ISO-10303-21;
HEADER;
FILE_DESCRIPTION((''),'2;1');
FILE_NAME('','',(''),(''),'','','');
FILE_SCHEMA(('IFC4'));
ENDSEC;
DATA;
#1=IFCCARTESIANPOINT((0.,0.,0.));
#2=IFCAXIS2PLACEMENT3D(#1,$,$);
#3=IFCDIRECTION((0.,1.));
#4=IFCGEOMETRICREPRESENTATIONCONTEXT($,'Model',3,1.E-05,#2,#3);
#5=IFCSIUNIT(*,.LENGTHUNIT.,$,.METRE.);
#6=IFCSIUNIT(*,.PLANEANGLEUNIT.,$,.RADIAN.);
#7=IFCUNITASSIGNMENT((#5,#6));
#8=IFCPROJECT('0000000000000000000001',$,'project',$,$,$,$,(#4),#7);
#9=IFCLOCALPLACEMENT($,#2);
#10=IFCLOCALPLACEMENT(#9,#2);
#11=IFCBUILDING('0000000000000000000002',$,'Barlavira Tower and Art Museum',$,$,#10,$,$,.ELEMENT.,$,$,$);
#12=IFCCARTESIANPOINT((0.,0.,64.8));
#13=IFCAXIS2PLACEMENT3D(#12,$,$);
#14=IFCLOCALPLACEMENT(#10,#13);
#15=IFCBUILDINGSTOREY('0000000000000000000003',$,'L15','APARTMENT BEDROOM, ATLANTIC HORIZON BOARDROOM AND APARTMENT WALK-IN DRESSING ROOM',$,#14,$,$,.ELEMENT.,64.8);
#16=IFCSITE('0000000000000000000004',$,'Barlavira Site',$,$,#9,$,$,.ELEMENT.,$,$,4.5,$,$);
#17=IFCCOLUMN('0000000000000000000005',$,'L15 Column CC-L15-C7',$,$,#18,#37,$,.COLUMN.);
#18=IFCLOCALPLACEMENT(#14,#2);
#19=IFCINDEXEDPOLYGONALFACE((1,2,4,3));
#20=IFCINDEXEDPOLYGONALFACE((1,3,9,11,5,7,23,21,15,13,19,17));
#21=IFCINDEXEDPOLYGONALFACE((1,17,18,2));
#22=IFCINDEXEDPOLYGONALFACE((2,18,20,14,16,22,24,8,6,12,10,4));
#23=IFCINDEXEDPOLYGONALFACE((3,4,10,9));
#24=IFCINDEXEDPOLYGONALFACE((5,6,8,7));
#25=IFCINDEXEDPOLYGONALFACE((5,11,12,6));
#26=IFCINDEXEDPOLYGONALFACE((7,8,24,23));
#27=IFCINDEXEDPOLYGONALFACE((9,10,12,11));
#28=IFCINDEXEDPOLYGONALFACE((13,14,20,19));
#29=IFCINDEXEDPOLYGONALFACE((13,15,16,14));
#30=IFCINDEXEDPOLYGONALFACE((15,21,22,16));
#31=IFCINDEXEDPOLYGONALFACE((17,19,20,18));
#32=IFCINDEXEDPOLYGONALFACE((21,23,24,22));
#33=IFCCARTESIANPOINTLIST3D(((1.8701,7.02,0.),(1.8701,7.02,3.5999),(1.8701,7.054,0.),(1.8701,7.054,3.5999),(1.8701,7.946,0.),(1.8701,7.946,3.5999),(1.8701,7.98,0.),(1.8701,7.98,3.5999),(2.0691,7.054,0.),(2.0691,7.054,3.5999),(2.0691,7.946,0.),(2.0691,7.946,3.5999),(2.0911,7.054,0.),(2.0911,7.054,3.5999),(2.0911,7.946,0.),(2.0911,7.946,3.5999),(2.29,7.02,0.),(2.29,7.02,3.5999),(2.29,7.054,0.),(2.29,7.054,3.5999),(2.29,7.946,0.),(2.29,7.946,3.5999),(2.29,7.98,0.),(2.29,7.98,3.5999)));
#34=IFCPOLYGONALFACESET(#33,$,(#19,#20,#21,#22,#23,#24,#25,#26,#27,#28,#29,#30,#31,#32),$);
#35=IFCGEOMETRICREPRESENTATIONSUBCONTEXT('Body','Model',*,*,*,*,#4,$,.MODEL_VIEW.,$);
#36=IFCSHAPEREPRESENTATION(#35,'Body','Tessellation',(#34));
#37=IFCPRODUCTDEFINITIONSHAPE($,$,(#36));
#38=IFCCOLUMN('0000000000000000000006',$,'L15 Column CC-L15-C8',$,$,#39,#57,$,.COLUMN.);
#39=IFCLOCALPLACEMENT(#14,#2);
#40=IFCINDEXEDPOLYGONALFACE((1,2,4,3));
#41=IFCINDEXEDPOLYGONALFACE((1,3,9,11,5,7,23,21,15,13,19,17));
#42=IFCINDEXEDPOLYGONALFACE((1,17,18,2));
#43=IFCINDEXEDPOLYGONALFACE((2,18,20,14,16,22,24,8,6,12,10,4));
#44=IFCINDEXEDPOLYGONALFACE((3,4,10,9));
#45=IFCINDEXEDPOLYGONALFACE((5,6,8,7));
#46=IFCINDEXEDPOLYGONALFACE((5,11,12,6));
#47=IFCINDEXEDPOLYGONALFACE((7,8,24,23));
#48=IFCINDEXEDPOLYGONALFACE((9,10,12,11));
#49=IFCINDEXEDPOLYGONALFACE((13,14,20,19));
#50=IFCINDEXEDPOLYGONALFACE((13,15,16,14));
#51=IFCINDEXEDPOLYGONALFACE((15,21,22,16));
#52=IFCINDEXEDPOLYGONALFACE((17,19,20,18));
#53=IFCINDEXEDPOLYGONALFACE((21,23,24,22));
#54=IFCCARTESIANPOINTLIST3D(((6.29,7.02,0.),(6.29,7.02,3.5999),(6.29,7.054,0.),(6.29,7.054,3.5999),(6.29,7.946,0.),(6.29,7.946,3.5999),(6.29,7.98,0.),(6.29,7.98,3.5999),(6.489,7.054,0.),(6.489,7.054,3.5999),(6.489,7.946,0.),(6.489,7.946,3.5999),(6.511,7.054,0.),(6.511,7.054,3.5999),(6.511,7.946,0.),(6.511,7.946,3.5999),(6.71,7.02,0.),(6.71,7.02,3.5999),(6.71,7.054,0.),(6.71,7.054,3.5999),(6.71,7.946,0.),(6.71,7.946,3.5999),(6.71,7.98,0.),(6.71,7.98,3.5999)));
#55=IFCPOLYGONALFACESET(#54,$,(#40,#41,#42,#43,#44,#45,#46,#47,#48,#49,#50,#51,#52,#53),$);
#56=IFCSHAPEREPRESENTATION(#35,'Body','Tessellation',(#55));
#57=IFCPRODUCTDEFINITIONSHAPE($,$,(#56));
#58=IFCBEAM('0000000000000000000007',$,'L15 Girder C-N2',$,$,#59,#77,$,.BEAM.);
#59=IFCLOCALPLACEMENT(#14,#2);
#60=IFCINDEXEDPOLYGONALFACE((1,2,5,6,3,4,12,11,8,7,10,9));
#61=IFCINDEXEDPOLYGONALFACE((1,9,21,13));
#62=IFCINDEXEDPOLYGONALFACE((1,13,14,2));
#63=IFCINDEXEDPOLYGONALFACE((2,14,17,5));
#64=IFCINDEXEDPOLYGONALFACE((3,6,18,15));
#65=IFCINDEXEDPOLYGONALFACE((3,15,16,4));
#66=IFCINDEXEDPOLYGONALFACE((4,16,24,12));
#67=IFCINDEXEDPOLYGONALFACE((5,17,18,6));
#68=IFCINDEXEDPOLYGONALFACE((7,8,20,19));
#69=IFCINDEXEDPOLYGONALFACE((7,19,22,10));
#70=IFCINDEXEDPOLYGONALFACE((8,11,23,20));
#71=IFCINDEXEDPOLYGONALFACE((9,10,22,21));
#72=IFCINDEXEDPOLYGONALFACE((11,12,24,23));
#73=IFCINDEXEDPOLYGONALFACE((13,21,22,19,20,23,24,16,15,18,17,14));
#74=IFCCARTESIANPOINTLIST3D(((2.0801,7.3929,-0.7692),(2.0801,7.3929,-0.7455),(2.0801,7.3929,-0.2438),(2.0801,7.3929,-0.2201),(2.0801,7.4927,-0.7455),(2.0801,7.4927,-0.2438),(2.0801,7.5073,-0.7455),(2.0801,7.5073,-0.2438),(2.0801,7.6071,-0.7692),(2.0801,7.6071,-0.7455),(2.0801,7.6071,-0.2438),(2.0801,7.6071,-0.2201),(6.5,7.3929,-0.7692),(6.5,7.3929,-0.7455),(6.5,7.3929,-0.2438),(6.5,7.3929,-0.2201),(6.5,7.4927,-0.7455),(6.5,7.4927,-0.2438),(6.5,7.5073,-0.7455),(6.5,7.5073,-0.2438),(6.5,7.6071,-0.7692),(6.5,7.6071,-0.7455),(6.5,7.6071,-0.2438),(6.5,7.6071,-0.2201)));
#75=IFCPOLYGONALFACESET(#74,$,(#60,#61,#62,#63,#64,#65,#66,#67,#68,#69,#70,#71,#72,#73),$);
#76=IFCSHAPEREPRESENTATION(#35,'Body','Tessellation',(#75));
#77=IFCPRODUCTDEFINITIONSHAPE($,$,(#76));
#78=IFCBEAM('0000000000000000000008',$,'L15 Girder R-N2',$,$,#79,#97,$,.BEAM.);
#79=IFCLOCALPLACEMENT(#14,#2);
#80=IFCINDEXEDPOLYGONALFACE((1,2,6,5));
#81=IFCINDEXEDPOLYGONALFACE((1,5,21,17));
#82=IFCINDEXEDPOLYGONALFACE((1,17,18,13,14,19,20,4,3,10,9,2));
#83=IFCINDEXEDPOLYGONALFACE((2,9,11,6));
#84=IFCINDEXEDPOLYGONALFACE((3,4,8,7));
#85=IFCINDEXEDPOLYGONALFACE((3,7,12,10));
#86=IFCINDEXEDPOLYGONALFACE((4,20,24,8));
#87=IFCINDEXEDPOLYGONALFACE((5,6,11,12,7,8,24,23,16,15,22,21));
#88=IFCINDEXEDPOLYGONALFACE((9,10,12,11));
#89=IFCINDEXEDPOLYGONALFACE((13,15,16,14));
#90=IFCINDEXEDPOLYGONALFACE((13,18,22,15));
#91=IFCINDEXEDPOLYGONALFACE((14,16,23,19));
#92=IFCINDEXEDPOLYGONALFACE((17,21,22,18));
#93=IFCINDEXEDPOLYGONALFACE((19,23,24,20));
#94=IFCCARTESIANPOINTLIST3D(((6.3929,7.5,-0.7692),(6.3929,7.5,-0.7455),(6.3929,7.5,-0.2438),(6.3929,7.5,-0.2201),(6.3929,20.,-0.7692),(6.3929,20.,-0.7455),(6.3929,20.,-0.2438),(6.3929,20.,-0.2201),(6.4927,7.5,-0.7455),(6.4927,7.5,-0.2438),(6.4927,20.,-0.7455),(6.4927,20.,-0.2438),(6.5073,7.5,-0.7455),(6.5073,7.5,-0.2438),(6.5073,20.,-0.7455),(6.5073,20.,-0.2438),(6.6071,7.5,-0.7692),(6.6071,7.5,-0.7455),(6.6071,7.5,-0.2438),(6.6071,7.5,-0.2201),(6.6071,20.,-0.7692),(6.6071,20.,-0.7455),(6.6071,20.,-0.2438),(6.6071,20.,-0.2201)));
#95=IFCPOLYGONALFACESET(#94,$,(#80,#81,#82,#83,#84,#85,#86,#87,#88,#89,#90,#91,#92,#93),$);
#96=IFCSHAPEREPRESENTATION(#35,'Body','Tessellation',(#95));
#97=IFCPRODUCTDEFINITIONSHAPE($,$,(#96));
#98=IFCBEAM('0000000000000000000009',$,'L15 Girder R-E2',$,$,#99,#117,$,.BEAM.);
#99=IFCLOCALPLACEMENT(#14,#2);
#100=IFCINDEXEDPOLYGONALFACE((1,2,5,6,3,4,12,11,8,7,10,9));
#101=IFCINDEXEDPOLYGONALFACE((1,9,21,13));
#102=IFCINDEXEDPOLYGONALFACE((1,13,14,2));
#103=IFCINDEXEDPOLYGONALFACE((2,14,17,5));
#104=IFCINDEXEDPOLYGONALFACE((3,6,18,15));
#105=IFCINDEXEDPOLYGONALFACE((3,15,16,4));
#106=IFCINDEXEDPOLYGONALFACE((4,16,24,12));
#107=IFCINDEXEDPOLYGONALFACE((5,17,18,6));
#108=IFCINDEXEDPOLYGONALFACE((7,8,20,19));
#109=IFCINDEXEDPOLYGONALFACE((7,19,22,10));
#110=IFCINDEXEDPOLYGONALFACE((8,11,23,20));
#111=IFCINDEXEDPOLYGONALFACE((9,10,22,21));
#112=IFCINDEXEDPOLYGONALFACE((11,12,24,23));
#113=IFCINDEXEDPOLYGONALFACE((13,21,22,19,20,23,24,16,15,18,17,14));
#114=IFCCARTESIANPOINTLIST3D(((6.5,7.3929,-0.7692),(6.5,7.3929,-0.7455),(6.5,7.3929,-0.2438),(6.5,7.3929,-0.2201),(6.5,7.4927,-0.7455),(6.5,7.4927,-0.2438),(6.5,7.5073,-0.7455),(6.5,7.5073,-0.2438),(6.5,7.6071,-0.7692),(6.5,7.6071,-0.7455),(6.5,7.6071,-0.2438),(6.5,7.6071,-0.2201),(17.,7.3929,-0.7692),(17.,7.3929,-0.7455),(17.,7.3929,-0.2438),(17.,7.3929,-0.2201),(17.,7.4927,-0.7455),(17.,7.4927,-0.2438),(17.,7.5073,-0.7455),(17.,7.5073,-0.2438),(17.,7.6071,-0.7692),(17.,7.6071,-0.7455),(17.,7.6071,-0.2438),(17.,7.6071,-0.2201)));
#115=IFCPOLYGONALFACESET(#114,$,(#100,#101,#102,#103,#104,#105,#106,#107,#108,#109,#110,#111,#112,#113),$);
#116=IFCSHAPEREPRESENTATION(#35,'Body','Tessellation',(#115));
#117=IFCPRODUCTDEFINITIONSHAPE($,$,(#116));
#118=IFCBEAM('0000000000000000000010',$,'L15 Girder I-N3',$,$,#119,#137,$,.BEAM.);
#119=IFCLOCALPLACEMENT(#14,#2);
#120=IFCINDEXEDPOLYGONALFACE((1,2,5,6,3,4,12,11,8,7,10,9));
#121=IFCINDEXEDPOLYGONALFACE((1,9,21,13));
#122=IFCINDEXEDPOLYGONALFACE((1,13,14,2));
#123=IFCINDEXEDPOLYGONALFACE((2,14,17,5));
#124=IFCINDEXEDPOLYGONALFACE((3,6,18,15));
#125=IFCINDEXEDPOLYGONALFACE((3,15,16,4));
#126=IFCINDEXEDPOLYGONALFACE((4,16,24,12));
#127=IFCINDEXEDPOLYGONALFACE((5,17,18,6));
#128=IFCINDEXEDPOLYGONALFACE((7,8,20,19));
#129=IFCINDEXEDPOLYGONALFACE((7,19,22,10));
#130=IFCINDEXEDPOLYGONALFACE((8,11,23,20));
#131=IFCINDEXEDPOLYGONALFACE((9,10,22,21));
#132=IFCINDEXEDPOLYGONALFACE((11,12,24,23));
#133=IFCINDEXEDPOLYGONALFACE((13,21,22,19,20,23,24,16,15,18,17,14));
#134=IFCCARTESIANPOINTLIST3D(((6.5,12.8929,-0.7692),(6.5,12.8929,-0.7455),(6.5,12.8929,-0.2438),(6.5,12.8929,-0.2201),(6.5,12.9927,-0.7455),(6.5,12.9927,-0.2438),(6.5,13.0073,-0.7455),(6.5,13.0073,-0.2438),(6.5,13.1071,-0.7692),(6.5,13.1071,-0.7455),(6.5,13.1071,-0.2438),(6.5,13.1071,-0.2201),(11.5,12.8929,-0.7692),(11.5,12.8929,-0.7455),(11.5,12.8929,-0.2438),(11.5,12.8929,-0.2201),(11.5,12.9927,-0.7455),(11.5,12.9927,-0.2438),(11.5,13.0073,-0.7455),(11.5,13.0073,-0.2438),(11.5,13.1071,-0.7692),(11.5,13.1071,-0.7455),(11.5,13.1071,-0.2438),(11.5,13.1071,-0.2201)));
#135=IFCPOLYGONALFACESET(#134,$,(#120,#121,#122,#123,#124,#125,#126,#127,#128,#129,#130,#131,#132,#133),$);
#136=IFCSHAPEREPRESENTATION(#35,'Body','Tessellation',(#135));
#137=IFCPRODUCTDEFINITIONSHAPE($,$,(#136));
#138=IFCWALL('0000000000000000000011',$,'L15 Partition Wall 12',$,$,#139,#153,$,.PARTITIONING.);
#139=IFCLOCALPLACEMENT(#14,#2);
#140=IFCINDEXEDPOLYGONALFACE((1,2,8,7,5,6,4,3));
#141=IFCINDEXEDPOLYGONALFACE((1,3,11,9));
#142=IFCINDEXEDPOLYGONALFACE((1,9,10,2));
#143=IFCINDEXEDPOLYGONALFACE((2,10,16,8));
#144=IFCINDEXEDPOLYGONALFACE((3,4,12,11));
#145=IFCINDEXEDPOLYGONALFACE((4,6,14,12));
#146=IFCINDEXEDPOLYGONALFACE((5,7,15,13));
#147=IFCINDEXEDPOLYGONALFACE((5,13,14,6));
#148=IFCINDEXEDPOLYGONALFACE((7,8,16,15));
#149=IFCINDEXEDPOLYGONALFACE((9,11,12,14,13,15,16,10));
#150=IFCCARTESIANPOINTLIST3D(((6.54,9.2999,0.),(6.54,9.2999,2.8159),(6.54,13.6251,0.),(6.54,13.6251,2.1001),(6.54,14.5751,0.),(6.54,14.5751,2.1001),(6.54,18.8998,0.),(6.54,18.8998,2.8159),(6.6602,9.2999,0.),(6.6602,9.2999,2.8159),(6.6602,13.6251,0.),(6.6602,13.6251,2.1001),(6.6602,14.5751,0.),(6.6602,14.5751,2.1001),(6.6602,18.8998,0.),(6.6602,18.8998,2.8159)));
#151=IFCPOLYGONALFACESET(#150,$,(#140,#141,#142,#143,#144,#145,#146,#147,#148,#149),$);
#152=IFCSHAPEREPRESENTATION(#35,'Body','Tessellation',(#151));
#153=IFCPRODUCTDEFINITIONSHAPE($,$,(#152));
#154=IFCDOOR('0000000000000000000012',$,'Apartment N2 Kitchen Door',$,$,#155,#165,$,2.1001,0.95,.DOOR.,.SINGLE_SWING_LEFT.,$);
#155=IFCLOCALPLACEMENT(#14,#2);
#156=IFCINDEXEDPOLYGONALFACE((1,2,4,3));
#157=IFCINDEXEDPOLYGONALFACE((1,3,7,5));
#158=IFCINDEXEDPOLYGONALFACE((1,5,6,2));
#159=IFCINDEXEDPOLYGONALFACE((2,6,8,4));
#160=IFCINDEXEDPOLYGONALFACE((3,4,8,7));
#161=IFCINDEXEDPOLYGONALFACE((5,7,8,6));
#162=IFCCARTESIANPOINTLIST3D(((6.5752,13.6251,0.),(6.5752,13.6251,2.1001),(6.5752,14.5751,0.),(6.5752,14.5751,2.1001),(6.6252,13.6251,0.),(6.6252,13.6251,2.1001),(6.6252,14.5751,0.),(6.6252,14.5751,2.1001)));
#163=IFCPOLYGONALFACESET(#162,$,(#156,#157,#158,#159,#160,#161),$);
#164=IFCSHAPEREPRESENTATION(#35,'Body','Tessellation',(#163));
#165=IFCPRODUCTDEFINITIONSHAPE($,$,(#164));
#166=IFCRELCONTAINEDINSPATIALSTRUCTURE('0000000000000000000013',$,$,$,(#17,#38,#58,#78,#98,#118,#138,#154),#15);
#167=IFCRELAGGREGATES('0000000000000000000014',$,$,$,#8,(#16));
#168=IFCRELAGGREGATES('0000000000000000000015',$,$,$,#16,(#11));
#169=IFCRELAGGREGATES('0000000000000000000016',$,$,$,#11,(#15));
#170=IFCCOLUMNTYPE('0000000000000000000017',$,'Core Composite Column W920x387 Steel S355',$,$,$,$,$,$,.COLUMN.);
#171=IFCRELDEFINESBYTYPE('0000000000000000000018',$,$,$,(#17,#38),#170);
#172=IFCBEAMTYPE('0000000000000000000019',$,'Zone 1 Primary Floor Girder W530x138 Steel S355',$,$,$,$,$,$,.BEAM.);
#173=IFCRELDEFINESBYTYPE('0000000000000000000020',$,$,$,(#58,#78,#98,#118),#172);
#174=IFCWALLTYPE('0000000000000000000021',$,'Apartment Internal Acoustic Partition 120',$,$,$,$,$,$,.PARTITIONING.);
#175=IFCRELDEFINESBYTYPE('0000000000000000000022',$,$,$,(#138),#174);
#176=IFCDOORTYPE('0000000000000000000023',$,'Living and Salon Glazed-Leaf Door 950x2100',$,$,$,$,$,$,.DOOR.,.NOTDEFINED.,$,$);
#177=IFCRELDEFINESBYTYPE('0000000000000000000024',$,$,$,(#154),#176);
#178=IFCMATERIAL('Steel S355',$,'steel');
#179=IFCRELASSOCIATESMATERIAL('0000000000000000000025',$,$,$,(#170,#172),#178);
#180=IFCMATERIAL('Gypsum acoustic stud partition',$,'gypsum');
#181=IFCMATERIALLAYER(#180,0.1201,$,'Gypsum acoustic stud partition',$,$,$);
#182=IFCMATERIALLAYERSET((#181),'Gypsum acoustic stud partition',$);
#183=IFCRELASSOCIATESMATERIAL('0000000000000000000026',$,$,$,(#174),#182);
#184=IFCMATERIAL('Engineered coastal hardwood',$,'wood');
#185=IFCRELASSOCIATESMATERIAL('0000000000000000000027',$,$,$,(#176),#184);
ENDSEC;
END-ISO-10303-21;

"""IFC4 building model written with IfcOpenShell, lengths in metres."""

from ifc_helpers import new_model, si_unit, direction, frame, frame_2d, origin, origin_2d, place, context, subcontext, project, spatial, rectangle, i_section, extrude, material, layer, layer_set, material_profile, profile_set, type_object, element, fill, save


model = new_model("IFC4")

# Units and contexts
model_context = context("Model", 3, precision=1e-05, world=origin(), true_north=direction((0.0, 1.0)))
body_context = subcontext(model_context, "Body", "Model", "MODEL_VIEW")
ifc_project = project(units=[si_unit("LENGTHUNIT", "METRE"), si_unit("PLANEANGLEUNIT", "RADIAN")], contexts=[model_context])

# Site, building, storey
site_placement = place(None, origin())
site = spatial("IfcSite", under=ifc_project, at=site_placement, Name="Barlavira Site", CompositionType="ELEMENT", RefElevation=4.5)
building_placement = place(site_placement, origin())
building = spatial("IfcBuilding", under=site, at=building_placement, Name="Barlavira Tower and Art Museum", CompositionType="ELEMENT")
storey_placement = place(building_placement, frame((0.0, 0.0, 64.8)))
storey = spatial("IfcBuildingStorey", under=building, at=storey_placement, Name="L15", Description="APARTMENT BEDROOM, ATLANTIC HORIZON BOARDROOM AND APARTMENT WALK-IN DRESSING ROOM", CompositionType="ELEMENT", Elevation=64.8)

# Columns
ifc_material_1 = material(Name="Steel S355", Category="steel")
ifc_material_profile_1 = material_profile(ifc_material_1, i_section(OverallWidth=0.4199, OverallDepth=0.96, WebThickness=0.022, FlangeThickness=0.0339, at=origin_2d()), Name="W920x387.0")
ifc_profile_set_1 = profile_set([ifc_material_profile_1], Name="Steel S355")
column_type = type_object("IfcColumnType", Name="Core Composite Column W920x387 Steel S355", PredefinedType="COLUMN", material=ifc_profile_set_1)
for number, where, z_axis, x_axis, name in (
    (1, (2.0801, 7.5, 0.0), (0.0, 0.0, 1.0), (1.0, 0.0, 0.0), "L15 Column CC-L15-C7"),
    (2, (6.5, 7.5, 0.0), (0.0, 0.0, 1.0), (1.0, 0.0, 0.0), "L15 Column CC-L15-C8"),
):
    element("IfcColumn", number, at=place(storey_placement, frame(where, z_axis=z_axis, x_axis=x_axis)), inside=storey, type_object=column_type, Name=name, PredefinedType="COLUMN", context=body_context, shape_type="SweptSolid", body=[
        extrude(i_section(OverallWidth=0.4199, OverallDepth=0.96, WebThickness=0.022, FlangeThickness=0.0339, at=origin_2d()), origin(), (0.0, 0.0, 1.0), 3.5999),
    ])

# Beams
ifc_material_profile_2 = material_profile(ifc_material_1, i_section(OverallWidth=0.2141, OverallDepth=0.5491, WebThickness=0.0146, FlangeThickness=0.0237, at=origin_2d()), Name="W530x138.0")
ifc_profile_set_2 = profile_set([ifc_material_profile_2], Name="Steel S355")
beam_type = type_object("IfcBeamType", Name="Zone 1 Primary Floor Girder W530x138 Steel S355", PredefinedType="BEAM", material=ifc_profile_set_2)
beam_1_placement = place(storey_placement, frame((2.0801, 7.5, -0.4946), z_axis=(1.0, 0.0, 0.0), x_axis=(0.0, 1.0, 0.0)))
element("IfcBeam", 3, at=beam_1_placement, inside=storey, type_object=beam_type, Name="L15 Girder C-N2", PredefinedType="BEAM", context=body_context, shape_type="SweptSolid", body=[
    extrude(i_section(OverallWidth=0.2141, OverallDepth=0.5491, WebThickness=0.0146, FlangeThickness=0.0237, at=origin_2d()), origin(), (0.0, 0.0, 1.0), 4.4199),
])
beam_2_placement = place(storey_placement, frame((6.5, 7.5, -0.4946), z_axis=(0.0, 1.0, 0.0), x_axis=(-1.0, 0.0, 0.0)))
element("IfcBeam", 4, at=beam_2_placement, inside=storey, type_object=beam_type, Name="L15 Girder R-N2", PredefinedType="BEAM", context=body_context, shape_type="SweptSolid", body=[
    extrude(i_section(OverallWidth=0.2141, OverallDepth=0.5491, WebThickness=0.0146, FlangeThickness=0.0237, at=origin_2d()), origin(), (0.0, 0.0, 1.0), 12.5),
])
beam_3_placement = place(storey_placement, frame((6.5, 7.5, -0.4946), z_axis=(1.0, 0.0, 0.0), x_axis=(0.0, 1.0, 0.0)))
element("IfcBeam", 5, at=beam_3_placement, inside=storey, type_object=beam_type, Name="L15 Girder R-E2", PredefinedType="BEAM", context=body_context, shape_type="SweptSolid", body=[
    extrude(i_section(OverallWidth=0.2141, OverallDepth=0.5491, WebThickness=0.0146, FlangeThickness=0.0237, at=origin_2d()), origin(), (0.0, 0.0, 1.0), 10.5),
])
beam_4_placement = place(storey_placement, frame((6.5, 13.0, -0.4946), z_axis=(1.0, 0.0, 0.0), x_axis=(0.0, 1.0, 0.0)))
element("IfcBeam", 6, at=beam_4_placement, inside=storey, type_object=beam_type, Name="L15 Girder I-N3", PredefinedType="BEAM", context=body_context, shape_type="SweptSolid", body=[
    extrude(i_section(OverallWidth=0.2141, OverallDepth=0.5491, WebThickness=0.0146, FlangeThickness=0.0237, at=origin_2d()), origin(), (0.0, 0.0, 1.0), 5.0),
])

# Wall, opening, door
ifc_material_2 = material(Name="Gypsum acoustic stud partition", Category="gypsum")
ifc_layer_1 = layer(ifc_material_2, 0.1201, Name="Gypsum acoustic stud partition")
ifc_layer_set_1 = layer_set([ifc_layer_1], Name="Gypsum acoustic stud partition")
wall_type_1 = type_object("IfcWallType", Name="Apartment Internal Acoustic Partition 120", PredefinedType="PARTITIONING", material=ifc_layer_set_1)
wall_1_placement = place(storey_placement, frame((6.6001, 9.3, 0.0), z_axis=(0.0, 0.0, 1.0), x_axis=(0.0, 1.0, 0.0)))
wall_1 = element("IfcWall", 7, at=wall_1_placement, inside=storey, type_object=wall_type_1, Name="L15 Partition Wall 12", PredefinedType="PARTITIONING", context=body_context, shape_type="SweptSolid", body=[
    extrude(rectangle(XDim=9.5999, YDim=0.1201, at=frame_2d((4.7998, 0.0))), origin(), (0.0, 0.0, 1.0), 2.8159),
])
opening_1_placement = place(wall_1_placement, frame((4.325, 0.0, 0.0)))
opening_1 = element("IfcOpeningElement", 8, at=opening_1_placement, cuts=wall_1, PredefinedType="OPENING", context=body_context, shape_type="SweptSolid", body=[
    extrude(rectangle(XDim=0.95, YDim=2.1001, at=frame_2d((0.4751, 1.05))), frame((0.0, 0.0701, 0.0), z_axis=(0.0, -1.0, 0.0), x_axis=(1.0, 0.0, 0.0)), (0.0, 0.0, 1.0), 0.1401),
])
ifc_material_3 = material(Name="Engineered coastal hardwood", Category="wood")
door_type_1 = type_object("IfcDoorType", Name="Living and Salon Glazed-Leaf Door 950x2100", OperationType="NOTDEFINED", PredefinedType="DOOR", material=ifc_material_3)
door_1_placement = place(opening_1_placement, origin())
door_1 = element("IfcDoor", 9, at=door_1_placement, inside=storey, type_object=door_type_1, Name="Apartment N2 Kitchen Door", OperationType="SINGLE_SWING_LEFT", OverallHeight=2.1001, OverallWidth=0.95, PredefinedType="DOOR", context=body_context, shape_type="SweptSolid", body=[
    extrude(rectangle(XDim=0.95, YDim=2.1001, at=frame_2d((0.4751, 1.05))), frame((0.0, 0.0249, 0.0), z_axis=(0.0, -1.0, 0.0), x_axis=(1.0, 0.0, 0.0)), (0.0, 0.0, 1.0), 0.05),
])
fill(opening_1, door_1)

save(model, "model.ifc")
